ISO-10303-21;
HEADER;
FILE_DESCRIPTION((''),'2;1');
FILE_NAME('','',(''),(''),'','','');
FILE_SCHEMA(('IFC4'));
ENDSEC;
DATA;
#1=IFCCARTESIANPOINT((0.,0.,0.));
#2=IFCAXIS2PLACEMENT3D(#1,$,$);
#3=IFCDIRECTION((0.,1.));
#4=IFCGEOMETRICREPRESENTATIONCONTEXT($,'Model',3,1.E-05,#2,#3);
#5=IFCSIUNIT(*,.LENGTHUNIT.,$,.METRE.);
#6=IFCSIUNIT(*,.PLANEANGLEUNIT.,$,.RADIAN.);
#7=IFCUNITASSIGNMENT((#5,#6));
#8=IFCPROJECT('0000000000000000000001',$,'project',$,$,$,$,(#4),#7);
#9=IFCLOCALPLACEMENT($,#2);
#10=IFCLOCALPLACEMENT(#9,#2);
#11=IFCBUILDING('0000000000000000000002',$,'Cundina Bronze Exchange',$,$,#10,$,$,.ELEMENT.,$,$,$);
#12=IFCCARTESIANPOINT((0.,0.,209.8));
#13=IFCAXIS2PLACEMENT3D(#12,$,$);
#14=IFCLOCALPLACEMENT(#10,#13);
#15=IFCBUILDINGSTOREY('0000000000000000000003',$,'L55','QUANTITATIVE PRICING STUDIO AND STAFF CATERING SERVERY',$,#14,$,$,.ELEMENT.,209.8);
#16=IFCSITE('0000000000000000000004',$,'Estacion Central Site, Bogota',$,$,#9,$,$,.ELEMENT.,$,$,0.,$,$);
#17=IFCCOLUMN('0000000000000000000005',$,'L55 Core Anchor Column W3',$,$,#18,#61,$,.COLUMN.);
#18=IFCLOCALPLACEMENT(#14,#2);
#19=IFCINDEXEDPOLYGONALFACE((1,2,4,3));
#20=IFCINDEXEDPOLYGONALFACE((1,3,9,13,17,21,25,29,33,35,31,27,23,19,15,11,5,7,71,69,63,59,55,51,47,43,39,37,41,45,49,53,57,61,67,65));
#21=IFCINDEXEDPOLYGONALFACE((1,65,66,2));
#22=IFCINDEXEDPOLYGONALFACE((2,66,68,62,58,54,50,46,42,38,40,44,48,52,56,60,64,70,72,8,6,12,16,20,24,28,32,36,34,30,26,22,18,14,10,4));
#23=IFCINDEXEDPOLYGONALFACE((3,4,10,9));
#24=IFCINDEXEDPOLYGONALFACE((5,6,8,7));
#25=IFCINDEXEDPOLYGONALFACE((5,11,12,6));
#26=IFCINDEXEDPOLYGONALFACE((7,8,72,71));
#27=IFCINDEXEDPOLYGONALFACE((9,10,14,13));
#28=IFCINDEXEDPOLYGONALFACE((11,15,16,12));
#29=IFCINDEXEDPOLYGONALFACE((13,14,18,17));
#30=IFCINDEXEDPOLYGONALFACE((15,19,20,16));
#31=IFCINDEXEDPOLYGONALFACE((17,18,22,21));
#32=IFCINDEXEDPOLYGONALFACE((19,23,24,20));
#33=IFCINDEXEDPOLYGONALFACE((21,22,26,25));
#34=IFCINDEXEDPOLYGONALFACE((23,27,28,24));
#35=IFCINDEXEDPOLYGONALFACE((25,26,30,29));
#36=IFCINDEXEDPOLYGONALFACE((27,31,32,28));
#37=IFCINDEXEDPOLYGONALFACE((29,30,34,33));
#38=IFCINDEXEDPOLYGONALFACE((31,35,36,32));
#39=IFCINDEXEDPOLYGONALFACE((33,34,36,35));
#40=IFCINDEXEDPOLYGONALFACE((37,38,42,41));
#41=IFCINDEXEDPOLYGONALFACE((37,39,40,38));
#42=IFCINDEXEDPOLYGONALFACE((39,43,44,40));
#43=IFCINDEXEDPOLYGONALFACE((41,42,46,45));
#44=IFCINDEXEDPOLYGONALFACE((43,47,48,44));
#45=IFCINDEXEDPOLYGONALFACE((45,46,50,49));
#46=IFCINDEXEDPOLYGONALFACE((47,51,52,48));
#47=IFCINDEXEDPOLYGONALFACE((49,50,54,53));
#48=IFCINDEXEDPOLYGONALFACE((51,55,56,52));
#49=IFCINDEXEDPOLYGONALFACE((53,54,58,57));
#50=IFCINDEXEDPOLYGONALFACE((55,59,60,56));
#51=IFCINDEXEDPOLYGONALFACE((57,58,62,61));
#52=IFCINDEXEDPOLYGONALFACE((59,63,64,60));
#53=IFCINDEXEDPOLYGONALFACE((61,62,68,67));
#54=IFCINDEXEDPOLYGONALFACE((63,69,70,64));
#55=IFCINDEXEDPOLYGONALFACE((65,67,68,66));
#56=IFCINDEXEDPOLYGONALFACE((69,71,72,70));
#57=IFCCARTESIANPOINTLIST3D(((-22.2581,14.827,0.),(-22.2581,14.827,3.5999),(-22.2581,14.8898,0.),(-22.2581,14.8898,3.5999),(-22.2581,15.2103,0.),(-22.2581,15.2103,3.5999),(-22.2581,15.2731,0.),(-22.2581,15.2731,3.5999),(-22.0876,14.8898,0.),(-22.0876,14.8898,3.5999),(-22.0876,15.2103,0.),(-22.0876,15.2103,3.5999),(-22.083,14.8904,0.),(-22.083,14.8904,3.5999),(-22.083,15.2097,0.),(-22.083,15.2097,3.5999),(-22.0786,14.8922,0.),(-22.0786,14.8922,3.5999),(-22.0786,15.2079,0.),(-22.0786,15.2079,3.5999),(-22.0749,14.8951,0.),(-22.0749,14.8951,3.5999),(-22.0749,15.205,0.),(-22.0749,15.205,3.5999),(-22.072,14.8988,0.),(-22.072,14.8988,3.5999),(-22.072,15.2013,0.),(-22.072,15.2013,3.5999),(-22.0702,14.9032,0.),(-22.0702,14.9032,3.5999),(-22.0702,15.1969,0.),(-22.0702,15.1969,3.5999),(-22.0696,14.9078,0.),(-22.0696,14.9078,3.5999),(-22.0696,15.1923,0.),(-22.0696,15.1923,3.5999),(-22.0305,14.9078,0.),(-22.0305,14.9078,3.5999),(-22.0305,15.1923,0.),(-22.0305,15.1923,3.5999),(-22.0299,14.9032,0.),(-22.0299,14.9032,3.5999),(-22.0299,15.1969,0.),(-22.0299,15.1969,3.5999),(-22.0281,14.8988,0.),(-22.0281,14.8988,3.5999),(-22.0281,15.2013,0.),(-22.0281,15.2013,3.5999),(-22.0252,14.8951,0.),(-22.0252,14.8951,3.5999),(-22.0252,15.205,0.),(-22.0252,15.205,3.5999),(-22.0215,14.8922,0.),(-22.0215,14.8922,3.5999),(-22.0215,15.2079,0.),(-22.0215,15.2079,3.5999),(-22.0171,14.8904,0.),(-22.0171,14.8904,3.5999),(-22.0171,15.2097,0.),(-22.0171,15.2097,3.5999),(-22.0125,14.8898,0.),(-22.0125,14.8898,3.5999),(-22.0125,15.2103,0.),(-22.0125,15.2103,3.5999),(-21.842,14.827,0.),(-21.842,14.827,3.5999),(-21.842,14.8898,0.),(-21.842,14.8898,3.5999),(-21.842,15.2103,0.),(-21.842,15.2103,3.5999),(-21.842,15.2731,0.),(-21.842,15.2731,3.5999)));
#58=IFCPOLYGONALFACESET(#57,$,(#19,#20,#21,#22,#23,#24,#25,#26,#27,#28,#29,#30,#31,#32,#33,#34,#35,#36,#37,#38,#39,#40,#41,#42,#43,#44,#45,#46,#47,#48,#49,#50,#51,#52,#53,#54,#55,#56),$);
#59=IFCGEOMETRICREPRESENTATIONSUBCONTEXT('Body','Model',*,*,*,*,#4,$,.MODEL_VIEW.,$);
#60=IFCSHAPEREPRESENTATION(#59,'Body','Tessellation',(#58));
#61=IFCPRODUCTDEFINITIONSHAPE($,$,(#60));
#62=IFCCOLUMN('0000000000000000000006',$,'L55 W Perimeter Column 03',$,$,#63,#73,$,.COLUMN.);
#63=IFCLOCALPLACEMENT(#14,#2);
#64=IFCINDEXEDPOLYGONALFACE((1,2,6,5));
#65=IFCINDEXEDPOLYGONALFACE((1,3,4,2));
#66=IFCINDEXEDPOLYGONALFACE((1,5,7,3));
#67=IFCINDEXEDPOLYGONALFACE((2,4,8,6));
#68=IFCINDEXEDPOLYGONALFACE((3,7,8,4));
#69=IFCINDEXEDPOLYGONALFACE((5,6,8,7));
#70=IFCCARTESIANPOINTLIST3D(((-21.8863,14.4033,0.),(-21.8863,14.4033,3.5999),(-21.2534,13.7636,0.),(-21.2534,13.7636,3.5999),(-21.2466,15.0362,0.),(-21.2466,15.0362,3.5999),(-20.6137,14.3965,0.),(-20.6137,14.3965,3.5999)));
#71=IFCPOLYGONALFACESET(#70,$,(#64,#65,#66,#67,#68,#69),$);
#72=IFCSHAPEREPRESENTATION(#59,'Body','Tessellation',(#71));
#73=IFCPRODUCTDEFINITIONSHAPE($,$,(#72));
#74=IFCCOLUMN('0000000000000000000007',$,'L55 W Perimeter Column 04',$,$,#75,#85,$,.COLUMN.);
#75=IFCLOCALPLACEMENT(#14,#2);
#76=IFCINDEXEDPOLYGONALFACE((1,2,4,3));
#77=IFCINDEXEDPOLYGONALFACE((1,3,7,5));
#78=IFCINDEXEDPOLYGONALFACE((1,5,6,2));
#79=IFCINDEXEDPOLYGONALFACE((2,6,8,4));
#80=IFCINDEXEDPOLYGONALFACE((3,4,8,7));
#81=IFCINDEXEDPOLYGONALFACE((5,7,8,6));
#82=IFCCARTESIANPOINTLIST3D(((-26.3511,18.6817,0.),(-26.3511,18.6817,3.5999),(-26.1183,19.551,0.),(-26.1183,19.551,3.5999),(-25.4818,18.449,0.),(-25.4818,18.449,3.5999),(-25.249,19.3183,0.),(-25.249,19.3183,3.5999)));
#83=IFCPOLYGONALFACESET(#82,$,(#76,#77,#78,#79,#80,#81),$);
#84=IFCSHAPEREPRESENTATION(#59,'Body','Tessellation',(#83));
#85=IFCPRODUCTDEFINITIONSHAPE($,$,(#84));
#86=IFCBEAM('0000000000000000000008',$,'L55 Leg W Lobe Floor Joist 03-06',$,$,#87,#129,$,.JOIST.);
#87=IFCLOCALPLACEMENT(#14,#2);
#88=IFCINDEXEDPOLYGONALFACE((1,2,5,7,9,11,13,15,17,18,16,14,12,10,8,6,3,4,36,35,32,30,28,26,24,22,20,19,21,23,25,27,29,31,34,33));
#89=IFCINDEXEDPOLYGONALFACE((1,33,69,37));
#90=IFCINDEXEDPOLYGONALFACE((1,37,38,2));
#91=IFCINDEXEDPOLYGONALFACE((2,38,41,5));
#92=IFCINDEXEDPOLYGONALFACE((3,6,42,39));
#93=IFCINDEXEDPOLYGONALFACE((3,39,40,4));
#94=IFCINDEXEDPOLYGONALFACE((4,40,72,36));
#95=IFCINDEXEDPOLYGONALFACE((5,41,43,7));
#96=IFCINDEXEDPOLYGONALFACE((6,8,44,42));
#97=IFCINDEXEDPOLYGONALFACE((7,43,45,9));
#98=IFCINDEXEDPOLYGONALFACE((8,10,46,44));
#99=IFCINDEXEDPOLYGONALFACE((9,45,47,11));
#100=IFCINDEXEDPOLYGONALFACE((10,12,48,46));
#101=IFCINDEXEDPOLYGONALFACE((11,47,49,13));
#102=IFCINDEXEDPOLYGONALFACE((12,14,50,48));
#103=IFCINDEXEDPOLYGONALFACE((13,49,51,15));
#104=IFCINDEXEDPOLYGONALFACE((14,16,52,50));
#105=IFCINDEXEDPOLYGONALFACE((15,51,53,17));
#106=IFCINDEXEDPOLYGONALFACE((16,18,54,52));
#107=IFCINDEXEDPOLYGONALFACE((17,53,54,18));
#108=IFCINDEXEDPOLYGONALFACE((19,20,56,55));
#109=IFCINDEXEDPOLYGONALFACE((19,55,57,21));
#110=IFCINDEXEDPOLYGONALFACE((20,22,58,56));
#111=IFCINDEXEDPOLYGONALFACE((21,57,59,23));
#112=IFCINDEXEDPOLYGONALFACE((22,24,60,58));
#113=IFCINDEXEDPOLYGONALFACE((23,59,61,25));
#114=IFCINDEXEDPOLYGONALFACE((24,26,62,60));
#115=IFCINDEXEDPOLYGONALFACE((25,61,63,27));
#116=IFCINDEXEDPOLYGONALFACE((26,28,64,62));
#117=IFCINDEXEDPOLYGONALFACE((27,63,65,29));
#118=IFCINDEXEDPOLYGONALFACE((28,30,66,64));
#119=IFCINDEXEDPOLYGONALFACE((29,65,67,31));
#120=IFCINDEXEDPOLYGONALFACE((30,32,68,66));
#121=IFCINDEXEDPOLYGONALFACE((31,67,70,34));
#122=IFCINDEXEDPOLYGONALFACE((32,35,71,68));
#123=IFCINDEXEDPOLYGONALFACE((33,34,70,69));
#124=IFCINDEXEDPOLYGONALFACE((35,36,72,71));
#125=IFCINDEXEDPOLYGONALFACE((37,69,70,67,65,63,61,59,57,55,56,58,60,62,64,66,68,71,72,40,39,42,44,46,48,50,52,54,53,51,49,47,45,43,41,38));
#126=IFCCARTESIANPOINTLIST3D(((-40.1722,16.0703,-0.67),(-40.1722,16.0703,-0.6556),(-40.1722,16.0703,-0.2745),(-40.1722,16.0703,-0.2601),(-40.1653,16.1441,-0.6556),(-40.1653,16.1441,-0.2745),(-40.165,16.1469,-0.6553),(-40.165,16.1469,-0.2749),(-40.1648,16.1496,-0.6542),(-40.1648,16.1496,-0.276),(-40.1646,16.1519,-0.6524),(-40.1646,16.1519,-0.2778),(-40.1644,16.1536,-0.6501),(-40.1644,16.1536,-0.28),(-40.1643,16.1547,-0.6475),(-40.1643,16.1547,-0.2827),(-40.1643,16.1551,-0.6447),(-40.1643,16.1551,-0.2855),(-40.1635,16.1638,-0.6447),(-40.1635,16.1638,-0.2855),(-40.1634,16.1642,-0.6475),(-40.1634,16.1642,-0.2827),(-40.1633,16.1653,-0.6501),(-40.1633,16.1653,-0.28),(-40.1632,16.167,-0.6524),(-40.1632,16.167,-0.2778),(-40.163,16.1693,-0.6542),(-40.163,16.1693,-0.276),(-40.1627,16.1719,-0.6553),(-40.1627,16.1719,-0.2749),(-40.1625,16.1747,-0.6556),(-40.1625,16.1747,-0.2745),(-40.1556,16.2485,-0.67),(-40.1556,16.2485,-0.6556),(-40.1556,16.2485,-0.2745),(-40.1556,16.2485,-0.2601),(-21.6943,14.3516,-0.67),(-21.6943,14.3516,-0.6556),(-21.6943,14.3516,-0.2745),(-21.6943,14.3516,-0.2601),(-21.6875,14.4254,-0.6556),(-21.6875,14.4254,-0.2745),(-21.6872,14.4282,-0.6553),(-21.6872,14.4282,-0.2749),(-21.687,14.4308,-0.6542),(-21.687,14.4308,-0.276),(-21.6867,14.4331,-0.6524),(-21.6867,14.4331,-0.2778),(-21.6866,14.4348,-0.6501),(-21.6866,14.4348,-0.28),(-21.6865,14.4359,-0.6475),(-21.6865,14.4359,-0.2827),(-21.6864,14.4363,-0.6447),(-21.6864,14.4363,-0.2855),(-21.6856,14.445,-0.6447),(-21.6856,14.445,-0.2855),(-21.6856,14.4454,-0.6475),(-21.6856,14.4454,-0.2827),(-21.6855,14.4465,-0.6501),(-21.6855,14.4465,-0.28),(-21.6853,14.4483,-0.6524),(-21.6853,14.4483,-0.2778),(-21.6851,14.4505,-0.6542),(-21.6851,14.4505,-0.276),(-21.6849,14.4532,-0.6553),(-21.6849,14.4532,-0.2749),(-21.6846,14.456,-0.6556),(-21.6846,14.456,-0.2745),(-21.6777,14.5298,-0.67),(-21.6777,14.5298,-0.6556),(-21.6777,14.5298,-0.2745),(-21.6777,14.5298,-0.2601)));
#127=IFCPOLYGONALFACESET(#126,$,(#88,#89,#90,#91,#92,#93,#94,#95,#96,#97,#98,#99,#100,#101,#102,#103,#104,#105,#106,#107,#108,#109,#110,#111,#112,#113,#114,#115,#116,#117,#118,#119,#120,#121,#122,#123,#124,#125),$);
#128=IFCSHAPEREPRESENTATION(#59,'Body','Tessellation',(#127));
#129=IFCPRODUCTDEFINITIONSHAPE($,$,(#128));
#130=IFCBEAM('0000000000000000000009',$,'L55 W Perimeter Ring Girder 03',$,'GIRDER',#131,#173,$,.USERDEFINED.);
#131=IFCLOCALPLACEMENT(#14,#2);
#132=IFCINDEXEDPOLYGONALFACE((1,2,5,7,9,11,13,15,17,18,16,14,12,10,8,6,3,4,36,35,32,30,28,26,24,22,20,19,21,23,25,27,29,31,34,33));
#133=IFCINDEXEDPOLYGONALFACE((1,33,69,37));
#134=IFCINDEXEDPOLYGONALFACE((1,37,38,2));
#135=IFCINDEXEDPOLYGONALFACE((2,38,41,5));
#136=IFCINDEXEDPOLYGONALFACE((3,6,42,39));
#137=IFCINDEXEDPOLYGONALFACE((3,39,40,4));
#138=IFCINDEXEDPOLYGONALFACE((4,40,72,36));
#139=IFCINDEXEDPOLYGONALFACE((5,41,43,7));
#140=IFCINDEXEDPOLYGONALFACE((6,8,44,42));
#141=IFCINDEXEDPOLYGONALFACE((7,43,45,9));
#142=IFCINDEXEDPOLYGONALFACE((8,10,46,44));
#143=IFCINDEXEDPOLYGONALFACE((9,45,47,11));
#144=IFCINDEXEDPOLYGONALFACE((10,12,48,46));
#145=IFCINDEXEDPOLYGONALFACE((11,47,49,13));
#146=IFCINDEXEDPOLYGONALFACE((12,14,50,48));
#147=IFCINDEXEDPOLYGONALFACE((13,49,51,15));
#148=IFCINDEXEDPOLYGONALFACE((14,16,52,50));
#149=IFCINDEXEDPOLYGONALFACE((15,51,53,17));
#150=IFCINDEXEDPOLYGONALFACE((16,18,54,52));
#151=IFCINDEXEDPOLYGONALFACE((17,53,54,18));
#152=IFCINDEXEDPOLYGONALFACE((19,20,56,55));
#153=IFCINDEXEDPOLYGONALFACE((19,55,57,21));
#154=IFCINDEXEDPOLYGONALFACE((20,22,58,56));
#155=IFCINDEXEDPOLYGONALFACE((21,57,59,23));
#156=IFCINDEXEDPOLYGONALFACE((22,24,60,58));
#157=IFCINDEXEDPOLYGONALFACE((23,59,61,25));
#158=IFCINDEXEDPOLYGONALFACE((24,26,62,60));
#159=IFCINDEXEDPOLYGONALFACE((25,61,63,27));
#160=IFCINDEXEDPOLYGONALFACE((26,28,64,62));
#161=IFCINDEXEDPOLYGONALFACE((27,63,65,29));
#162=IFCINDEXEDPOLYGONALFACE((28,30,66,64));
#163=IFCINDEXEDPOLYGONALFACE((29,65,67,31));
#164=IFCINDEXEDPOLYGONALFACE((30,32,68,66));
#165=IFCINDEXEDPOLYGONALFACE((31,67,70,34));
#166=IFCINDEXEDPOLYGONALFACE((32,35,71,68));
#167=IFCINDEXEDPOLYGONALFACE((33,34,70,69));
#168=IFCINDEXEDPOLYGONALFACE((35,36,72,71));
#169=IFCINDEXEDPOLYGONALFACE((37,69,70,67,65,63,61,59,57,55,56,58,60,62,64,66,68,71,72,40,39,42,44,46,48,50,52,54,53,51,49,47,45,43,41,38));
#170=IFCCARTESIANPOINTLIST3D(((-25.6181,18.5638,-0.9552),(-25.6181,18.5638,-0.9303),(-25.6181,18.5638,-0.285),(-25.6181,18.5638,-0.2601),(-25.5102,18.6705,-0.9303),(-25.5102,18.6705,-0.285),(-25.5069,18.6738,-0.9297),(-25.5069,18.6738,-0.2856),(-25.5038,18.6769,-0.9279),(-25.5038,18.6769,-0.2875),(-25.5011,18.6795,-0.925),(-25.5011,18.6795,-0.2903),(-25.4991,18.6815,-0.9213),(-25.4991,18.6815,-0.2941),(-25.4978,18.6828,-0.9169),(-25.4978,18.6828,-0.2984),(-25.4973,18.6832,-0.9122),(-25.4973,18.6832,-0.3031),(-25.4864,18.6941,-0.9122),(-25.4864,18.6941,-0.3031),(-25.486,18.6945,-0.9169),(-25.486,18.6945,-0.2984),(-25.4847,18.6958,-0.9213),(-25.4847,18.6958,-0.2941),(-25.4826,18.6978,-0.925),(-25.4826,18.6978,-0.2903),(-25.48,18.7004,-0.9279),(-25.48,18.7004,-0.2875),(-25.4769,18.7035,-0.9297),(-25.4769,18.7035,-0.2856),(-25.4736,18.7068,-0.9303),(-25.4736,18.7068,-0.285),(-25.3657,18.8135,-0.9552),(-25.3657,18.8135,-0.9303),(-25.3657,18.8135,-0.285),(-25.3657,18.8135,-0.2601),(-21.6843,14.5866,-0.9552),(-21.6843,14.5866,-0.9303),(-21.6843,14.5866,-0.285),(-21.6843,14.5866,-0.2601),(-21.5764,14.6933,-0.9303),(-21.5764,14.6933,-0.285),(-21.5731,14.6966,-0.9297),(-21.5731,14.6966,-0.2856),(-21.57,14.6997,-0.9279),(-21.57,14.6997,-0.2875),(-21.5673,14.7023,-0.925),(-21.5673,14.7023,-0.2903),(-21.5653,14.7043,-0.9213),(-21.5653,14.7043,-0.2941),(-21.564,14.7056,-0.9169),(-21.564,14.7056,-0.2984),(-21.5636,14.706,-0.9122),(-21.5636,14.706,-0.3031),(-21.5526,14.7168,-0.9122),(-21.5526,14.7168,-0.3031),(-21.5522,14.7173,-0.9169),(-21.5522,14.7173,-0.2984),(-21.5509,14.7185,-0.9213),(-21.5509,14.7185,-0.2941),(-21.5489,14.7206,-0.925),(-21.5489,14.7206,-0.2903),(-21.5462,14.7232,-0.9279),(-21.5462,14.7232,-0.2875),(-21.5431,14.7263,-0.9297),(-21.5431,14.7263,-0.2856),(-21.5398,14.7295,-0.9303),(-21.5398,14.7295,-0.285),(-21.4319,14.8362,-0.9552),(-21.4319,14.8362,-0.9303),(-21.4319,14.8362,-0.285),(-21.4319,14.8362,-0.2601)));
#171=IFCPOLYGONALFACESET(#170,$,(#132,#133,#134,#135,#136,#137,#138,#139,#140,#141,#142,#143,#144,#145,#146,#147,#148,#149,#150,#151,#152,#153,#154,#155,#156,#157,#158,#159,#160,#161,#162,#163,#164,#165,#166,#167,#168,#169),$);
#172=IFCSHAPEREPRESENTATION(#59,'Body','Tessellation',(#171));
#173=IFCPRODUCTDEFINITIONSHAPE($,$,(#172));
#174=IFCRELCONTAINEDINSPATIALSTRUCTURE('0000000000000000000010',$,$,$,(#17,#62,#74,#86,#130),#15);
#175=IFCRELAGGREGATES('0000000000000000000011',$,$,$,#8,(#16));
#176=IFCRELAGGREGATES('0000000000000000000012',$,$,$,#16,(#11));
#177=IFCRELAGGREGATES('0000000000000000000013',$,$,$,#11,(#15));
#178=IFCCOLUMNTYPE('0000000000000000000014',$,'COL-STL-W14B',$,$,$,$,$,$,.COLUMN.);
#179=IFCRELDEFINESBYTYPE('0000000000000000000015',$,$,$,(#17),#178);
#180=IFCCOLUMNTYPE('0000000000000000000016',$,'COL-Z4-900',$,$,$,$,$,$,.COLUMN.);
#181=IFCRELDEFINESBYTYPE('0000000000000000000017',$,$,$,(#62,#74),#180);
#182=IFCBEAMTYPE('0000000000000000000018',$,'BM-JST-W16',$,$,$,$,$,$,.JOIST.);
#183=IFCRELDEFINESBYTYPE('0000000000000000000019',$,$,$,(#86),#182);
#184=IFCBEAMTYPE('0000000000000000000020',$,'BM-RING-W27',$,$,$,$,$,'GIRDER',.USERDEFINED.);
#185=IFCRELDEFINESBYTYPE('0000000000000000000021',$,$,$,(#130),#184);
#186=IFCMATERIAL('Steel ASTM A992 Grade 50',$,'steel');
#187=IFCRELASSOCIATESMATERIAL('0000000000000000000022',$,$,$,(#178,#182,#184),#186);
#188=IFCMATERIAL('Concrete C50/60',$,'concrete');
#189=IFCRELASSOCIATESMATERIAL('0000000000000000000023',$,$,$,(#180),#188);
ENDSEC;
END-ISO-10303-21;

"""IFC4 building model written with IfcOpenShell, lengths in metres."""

from ifc_helpers import new_model, si_unit, direction, frame, origin, origin_2d, place, context, subcontext, project, spatial, rectangle, i_section, extrude, material, material_profile, profile_set, type_object, element, save


model = new_model("IFC4")

# Units and contexts
model_context = context("Model", 3, precision=1e-05, world=origin(), true_north=direction((0.0, 1.0)))
body_context = subcontext(model_context, "Body", "Model", "MODEL_VIEW")
ifc_project = project(units=[si_unit("LENGTHUNIT", "METRE"), si_unit("PLANEANGLEUNIT", "RADIAN")], contexts=[model_context])

# Site, building, storey
site_placement = place(None, origin())
site = spatial("IfcSite", under=ifc_project, at=site_placement, Name="Estacion Central Site, Bogota", CompositionType="ELEMENT", RefElevation=0.0)
building_placement = place(site_placement, origin())
building = spatial("IfcBuilding", under=site, at=building_placement, Name="Cundina Bronze Exchange", CompositionType="ELEMENT")
storey_placement = place(building_placement, frame((0.0, 0.0, 209.8)))
storey = spatial("IfcBuildingStorey", under=building, at=storey_placement, Name="L55", Description="QUANTITATIVE PRICING STUDIO AND STAFF CATERING SERVERY", CompositionType="ELEMENT", Elevation=209.8)

# Columns
ifc_material_1 = material(Name="Steel ASTM A992 Grade 50", Category="steel")
ifc_material_profile_1 = material_profile(ifc_material_1, i_section(OverallWidth=0.416, OverallDepth=0.446, WebThickness=0.0391, FlangeThickness=0.0627, FilletRadius=0.0181, at=origin_2d()), Name="W14X342", Category="steel")
ifc_profile_set_1 = profile_set([ifc_material_profile_1], Name="Steel ASTM A992 Grade 50")
column_type_1 = type_object("IfcColumnType", Name="COL-STL-W14B", PredefinedType="COLUMN", material=ifc_profile_set_1)
column_placement = place(storey_placement, frame((-22.05, 15.05, 0.0), z_axis=(0.0, 0.0, 1.0), x_axis=(1.0, 0.0, 0.0)))
element("IfcColumn", 1, at=column_placement, inside=storey, type_object=column_type_1, Name="L55 Core Anchor Column W3", PredefinedType="COLUMN", context=body_context, shape_type="SweptSolid", body=[
    extrude(i_section(OverallWidth=0.416, OverallDepth=0.446, WebThickness=0.0391, FlangeThickness=0.0627, FilletRadius=0.0181, at=origin_2d()), origin(), (0.0, 0.0, 1.0), 3.5999),
])
ifc_material_2 = material(Name="Concrete C50/60", Category="concrete")
ifc_material_profile_2 = material_profile(ifc_material_2, rectangle(XDim=0.8999, YDim=0.8999, at=origin_2d()), Name="RC900X900", Category="concrete")
ifc_profile_set_2 = profile_set([ifc_material_profile_2], Name="Concrete C50/60")
column_type_2 = type_object("IfcColumnType", Name="COL-Z4-900", PredefinedType="COLUMN", material=ifc_profile_set_2)
for number, where, z_axis, x_axis, name in (
    (2, (-21.25, 14.3999, 0.0), (0.0, 0.0, 1.0), (-0.703271, 0.710922, 0.0), "L55 W Perimeter Column 03"),
    (3, (-25.8, 19.0, 0.0), (0.0, 0.0, 1.0), (-0.965971, 0.25865, 0.0), "L55 W Perimeter Column 04"),
):
    element("IfcColumn", number, at=place(storey_placement, frame(where, z_axis=z_axis, x_axis=x_axis)), inside=storey, type_object=column_type_2, Name=name, PredefinedType="COLUMN", context=body_context, shape_type="SweptSolid", body=[
        extrude(rectangle(XDim=0.8999, YDim=0.8999, at=origin_2d()), origin(), (0.0, 0.0, 1.0), 3.5999),
    ])

# Beams
ifc_material_profile_3 = material_profile(ifc_material_1, i_section(OverallWidth=0.179, OverallDepth=0.4099, WebThickness=0.0088, FlangeThickness=0.0144, FilletRadius=0.011, at=origin_2d()), Name="W16X45", Category="steel")
ifc_profile_set_3 = profile_set([ifc_material_profile_3], Name="Steel ASTM A992 Grade 50")
beam_type_1 = type_object("IfcBeamType", Name="BM-JST-W16", PredefinedType="JOIST", material=ifc_profile_set_3)
beam_1_placement = place(storey_placement, frame((-21.686, 14.4407, -0.4651), z_axis=(-0.995702, 0.092617, 0.0), x_axis=(-0.092617, -0.995702, 0.0)))
element("IfcBeam", 4, at=beam_1_placement, inside=storey, type_object=beam_type_1, Name="L55 Leg W Lobe Floor Joist 03-06", PredefinedType="JOIST", context=body_context, shape_type="SweptSolid", body=[
    extrude(i_section(OverallWidth=0.179, OverallDepth=0.4099, WebThickness=0.0088, FlangeThickness=0.0144, FilletRadius=0.011, at=origin_2d()), origin(), (0.0, 0.0, 1.0), 18.5576),
])
ifc_material_profile_4 = material_profile(ifc_material_1, i_section(OverallWidth=0.355, OverallDepth=0.6951, WebThickness=0.0154, FlangeThickness=0.0249, FilletRadius=0.0181, at=origin_2d()), Name="W27X146", Category="steel")
ifc_profile_set_4 = profile_set([ifc_material_profile_4], Name="Steel ASTM A992 Grade 50")
beam_type_2 = type_object("IfcBeamType", Name="BM-RING-W27", ElementType="GIRDER", PredefinedType="USERDEFINED", material=ifc_profile_set_4)
beam_2_placement = place(storey_placement, frame((-21.5581, 14.7114, -0.6077), z_axis=(-0.703212, 0.71098, 0.0), x_axis=(-0.71098, -0.703212, 0.0)))
element("IfcBeam", 5, at=beam_2_placement, inside=storey, type_object=beam_type_2, Name="L55 W Perimeter Ring Girder 03", ObjectType="GIRDER", PredefinedType="USERDEFINED", context=body_context, shape_type="SweptSolid", body=[
    extrude(i_section(OverallWidth=0.355, OverallDepth=0.6951, WebThickness=0.0154, FlangeThickness=0.0249, FilletRadius=0.0181, at=origin_2d()), origin(), (0.0, 0.0, 1.0), 5.594),
])

save(model, "model.ifc")
